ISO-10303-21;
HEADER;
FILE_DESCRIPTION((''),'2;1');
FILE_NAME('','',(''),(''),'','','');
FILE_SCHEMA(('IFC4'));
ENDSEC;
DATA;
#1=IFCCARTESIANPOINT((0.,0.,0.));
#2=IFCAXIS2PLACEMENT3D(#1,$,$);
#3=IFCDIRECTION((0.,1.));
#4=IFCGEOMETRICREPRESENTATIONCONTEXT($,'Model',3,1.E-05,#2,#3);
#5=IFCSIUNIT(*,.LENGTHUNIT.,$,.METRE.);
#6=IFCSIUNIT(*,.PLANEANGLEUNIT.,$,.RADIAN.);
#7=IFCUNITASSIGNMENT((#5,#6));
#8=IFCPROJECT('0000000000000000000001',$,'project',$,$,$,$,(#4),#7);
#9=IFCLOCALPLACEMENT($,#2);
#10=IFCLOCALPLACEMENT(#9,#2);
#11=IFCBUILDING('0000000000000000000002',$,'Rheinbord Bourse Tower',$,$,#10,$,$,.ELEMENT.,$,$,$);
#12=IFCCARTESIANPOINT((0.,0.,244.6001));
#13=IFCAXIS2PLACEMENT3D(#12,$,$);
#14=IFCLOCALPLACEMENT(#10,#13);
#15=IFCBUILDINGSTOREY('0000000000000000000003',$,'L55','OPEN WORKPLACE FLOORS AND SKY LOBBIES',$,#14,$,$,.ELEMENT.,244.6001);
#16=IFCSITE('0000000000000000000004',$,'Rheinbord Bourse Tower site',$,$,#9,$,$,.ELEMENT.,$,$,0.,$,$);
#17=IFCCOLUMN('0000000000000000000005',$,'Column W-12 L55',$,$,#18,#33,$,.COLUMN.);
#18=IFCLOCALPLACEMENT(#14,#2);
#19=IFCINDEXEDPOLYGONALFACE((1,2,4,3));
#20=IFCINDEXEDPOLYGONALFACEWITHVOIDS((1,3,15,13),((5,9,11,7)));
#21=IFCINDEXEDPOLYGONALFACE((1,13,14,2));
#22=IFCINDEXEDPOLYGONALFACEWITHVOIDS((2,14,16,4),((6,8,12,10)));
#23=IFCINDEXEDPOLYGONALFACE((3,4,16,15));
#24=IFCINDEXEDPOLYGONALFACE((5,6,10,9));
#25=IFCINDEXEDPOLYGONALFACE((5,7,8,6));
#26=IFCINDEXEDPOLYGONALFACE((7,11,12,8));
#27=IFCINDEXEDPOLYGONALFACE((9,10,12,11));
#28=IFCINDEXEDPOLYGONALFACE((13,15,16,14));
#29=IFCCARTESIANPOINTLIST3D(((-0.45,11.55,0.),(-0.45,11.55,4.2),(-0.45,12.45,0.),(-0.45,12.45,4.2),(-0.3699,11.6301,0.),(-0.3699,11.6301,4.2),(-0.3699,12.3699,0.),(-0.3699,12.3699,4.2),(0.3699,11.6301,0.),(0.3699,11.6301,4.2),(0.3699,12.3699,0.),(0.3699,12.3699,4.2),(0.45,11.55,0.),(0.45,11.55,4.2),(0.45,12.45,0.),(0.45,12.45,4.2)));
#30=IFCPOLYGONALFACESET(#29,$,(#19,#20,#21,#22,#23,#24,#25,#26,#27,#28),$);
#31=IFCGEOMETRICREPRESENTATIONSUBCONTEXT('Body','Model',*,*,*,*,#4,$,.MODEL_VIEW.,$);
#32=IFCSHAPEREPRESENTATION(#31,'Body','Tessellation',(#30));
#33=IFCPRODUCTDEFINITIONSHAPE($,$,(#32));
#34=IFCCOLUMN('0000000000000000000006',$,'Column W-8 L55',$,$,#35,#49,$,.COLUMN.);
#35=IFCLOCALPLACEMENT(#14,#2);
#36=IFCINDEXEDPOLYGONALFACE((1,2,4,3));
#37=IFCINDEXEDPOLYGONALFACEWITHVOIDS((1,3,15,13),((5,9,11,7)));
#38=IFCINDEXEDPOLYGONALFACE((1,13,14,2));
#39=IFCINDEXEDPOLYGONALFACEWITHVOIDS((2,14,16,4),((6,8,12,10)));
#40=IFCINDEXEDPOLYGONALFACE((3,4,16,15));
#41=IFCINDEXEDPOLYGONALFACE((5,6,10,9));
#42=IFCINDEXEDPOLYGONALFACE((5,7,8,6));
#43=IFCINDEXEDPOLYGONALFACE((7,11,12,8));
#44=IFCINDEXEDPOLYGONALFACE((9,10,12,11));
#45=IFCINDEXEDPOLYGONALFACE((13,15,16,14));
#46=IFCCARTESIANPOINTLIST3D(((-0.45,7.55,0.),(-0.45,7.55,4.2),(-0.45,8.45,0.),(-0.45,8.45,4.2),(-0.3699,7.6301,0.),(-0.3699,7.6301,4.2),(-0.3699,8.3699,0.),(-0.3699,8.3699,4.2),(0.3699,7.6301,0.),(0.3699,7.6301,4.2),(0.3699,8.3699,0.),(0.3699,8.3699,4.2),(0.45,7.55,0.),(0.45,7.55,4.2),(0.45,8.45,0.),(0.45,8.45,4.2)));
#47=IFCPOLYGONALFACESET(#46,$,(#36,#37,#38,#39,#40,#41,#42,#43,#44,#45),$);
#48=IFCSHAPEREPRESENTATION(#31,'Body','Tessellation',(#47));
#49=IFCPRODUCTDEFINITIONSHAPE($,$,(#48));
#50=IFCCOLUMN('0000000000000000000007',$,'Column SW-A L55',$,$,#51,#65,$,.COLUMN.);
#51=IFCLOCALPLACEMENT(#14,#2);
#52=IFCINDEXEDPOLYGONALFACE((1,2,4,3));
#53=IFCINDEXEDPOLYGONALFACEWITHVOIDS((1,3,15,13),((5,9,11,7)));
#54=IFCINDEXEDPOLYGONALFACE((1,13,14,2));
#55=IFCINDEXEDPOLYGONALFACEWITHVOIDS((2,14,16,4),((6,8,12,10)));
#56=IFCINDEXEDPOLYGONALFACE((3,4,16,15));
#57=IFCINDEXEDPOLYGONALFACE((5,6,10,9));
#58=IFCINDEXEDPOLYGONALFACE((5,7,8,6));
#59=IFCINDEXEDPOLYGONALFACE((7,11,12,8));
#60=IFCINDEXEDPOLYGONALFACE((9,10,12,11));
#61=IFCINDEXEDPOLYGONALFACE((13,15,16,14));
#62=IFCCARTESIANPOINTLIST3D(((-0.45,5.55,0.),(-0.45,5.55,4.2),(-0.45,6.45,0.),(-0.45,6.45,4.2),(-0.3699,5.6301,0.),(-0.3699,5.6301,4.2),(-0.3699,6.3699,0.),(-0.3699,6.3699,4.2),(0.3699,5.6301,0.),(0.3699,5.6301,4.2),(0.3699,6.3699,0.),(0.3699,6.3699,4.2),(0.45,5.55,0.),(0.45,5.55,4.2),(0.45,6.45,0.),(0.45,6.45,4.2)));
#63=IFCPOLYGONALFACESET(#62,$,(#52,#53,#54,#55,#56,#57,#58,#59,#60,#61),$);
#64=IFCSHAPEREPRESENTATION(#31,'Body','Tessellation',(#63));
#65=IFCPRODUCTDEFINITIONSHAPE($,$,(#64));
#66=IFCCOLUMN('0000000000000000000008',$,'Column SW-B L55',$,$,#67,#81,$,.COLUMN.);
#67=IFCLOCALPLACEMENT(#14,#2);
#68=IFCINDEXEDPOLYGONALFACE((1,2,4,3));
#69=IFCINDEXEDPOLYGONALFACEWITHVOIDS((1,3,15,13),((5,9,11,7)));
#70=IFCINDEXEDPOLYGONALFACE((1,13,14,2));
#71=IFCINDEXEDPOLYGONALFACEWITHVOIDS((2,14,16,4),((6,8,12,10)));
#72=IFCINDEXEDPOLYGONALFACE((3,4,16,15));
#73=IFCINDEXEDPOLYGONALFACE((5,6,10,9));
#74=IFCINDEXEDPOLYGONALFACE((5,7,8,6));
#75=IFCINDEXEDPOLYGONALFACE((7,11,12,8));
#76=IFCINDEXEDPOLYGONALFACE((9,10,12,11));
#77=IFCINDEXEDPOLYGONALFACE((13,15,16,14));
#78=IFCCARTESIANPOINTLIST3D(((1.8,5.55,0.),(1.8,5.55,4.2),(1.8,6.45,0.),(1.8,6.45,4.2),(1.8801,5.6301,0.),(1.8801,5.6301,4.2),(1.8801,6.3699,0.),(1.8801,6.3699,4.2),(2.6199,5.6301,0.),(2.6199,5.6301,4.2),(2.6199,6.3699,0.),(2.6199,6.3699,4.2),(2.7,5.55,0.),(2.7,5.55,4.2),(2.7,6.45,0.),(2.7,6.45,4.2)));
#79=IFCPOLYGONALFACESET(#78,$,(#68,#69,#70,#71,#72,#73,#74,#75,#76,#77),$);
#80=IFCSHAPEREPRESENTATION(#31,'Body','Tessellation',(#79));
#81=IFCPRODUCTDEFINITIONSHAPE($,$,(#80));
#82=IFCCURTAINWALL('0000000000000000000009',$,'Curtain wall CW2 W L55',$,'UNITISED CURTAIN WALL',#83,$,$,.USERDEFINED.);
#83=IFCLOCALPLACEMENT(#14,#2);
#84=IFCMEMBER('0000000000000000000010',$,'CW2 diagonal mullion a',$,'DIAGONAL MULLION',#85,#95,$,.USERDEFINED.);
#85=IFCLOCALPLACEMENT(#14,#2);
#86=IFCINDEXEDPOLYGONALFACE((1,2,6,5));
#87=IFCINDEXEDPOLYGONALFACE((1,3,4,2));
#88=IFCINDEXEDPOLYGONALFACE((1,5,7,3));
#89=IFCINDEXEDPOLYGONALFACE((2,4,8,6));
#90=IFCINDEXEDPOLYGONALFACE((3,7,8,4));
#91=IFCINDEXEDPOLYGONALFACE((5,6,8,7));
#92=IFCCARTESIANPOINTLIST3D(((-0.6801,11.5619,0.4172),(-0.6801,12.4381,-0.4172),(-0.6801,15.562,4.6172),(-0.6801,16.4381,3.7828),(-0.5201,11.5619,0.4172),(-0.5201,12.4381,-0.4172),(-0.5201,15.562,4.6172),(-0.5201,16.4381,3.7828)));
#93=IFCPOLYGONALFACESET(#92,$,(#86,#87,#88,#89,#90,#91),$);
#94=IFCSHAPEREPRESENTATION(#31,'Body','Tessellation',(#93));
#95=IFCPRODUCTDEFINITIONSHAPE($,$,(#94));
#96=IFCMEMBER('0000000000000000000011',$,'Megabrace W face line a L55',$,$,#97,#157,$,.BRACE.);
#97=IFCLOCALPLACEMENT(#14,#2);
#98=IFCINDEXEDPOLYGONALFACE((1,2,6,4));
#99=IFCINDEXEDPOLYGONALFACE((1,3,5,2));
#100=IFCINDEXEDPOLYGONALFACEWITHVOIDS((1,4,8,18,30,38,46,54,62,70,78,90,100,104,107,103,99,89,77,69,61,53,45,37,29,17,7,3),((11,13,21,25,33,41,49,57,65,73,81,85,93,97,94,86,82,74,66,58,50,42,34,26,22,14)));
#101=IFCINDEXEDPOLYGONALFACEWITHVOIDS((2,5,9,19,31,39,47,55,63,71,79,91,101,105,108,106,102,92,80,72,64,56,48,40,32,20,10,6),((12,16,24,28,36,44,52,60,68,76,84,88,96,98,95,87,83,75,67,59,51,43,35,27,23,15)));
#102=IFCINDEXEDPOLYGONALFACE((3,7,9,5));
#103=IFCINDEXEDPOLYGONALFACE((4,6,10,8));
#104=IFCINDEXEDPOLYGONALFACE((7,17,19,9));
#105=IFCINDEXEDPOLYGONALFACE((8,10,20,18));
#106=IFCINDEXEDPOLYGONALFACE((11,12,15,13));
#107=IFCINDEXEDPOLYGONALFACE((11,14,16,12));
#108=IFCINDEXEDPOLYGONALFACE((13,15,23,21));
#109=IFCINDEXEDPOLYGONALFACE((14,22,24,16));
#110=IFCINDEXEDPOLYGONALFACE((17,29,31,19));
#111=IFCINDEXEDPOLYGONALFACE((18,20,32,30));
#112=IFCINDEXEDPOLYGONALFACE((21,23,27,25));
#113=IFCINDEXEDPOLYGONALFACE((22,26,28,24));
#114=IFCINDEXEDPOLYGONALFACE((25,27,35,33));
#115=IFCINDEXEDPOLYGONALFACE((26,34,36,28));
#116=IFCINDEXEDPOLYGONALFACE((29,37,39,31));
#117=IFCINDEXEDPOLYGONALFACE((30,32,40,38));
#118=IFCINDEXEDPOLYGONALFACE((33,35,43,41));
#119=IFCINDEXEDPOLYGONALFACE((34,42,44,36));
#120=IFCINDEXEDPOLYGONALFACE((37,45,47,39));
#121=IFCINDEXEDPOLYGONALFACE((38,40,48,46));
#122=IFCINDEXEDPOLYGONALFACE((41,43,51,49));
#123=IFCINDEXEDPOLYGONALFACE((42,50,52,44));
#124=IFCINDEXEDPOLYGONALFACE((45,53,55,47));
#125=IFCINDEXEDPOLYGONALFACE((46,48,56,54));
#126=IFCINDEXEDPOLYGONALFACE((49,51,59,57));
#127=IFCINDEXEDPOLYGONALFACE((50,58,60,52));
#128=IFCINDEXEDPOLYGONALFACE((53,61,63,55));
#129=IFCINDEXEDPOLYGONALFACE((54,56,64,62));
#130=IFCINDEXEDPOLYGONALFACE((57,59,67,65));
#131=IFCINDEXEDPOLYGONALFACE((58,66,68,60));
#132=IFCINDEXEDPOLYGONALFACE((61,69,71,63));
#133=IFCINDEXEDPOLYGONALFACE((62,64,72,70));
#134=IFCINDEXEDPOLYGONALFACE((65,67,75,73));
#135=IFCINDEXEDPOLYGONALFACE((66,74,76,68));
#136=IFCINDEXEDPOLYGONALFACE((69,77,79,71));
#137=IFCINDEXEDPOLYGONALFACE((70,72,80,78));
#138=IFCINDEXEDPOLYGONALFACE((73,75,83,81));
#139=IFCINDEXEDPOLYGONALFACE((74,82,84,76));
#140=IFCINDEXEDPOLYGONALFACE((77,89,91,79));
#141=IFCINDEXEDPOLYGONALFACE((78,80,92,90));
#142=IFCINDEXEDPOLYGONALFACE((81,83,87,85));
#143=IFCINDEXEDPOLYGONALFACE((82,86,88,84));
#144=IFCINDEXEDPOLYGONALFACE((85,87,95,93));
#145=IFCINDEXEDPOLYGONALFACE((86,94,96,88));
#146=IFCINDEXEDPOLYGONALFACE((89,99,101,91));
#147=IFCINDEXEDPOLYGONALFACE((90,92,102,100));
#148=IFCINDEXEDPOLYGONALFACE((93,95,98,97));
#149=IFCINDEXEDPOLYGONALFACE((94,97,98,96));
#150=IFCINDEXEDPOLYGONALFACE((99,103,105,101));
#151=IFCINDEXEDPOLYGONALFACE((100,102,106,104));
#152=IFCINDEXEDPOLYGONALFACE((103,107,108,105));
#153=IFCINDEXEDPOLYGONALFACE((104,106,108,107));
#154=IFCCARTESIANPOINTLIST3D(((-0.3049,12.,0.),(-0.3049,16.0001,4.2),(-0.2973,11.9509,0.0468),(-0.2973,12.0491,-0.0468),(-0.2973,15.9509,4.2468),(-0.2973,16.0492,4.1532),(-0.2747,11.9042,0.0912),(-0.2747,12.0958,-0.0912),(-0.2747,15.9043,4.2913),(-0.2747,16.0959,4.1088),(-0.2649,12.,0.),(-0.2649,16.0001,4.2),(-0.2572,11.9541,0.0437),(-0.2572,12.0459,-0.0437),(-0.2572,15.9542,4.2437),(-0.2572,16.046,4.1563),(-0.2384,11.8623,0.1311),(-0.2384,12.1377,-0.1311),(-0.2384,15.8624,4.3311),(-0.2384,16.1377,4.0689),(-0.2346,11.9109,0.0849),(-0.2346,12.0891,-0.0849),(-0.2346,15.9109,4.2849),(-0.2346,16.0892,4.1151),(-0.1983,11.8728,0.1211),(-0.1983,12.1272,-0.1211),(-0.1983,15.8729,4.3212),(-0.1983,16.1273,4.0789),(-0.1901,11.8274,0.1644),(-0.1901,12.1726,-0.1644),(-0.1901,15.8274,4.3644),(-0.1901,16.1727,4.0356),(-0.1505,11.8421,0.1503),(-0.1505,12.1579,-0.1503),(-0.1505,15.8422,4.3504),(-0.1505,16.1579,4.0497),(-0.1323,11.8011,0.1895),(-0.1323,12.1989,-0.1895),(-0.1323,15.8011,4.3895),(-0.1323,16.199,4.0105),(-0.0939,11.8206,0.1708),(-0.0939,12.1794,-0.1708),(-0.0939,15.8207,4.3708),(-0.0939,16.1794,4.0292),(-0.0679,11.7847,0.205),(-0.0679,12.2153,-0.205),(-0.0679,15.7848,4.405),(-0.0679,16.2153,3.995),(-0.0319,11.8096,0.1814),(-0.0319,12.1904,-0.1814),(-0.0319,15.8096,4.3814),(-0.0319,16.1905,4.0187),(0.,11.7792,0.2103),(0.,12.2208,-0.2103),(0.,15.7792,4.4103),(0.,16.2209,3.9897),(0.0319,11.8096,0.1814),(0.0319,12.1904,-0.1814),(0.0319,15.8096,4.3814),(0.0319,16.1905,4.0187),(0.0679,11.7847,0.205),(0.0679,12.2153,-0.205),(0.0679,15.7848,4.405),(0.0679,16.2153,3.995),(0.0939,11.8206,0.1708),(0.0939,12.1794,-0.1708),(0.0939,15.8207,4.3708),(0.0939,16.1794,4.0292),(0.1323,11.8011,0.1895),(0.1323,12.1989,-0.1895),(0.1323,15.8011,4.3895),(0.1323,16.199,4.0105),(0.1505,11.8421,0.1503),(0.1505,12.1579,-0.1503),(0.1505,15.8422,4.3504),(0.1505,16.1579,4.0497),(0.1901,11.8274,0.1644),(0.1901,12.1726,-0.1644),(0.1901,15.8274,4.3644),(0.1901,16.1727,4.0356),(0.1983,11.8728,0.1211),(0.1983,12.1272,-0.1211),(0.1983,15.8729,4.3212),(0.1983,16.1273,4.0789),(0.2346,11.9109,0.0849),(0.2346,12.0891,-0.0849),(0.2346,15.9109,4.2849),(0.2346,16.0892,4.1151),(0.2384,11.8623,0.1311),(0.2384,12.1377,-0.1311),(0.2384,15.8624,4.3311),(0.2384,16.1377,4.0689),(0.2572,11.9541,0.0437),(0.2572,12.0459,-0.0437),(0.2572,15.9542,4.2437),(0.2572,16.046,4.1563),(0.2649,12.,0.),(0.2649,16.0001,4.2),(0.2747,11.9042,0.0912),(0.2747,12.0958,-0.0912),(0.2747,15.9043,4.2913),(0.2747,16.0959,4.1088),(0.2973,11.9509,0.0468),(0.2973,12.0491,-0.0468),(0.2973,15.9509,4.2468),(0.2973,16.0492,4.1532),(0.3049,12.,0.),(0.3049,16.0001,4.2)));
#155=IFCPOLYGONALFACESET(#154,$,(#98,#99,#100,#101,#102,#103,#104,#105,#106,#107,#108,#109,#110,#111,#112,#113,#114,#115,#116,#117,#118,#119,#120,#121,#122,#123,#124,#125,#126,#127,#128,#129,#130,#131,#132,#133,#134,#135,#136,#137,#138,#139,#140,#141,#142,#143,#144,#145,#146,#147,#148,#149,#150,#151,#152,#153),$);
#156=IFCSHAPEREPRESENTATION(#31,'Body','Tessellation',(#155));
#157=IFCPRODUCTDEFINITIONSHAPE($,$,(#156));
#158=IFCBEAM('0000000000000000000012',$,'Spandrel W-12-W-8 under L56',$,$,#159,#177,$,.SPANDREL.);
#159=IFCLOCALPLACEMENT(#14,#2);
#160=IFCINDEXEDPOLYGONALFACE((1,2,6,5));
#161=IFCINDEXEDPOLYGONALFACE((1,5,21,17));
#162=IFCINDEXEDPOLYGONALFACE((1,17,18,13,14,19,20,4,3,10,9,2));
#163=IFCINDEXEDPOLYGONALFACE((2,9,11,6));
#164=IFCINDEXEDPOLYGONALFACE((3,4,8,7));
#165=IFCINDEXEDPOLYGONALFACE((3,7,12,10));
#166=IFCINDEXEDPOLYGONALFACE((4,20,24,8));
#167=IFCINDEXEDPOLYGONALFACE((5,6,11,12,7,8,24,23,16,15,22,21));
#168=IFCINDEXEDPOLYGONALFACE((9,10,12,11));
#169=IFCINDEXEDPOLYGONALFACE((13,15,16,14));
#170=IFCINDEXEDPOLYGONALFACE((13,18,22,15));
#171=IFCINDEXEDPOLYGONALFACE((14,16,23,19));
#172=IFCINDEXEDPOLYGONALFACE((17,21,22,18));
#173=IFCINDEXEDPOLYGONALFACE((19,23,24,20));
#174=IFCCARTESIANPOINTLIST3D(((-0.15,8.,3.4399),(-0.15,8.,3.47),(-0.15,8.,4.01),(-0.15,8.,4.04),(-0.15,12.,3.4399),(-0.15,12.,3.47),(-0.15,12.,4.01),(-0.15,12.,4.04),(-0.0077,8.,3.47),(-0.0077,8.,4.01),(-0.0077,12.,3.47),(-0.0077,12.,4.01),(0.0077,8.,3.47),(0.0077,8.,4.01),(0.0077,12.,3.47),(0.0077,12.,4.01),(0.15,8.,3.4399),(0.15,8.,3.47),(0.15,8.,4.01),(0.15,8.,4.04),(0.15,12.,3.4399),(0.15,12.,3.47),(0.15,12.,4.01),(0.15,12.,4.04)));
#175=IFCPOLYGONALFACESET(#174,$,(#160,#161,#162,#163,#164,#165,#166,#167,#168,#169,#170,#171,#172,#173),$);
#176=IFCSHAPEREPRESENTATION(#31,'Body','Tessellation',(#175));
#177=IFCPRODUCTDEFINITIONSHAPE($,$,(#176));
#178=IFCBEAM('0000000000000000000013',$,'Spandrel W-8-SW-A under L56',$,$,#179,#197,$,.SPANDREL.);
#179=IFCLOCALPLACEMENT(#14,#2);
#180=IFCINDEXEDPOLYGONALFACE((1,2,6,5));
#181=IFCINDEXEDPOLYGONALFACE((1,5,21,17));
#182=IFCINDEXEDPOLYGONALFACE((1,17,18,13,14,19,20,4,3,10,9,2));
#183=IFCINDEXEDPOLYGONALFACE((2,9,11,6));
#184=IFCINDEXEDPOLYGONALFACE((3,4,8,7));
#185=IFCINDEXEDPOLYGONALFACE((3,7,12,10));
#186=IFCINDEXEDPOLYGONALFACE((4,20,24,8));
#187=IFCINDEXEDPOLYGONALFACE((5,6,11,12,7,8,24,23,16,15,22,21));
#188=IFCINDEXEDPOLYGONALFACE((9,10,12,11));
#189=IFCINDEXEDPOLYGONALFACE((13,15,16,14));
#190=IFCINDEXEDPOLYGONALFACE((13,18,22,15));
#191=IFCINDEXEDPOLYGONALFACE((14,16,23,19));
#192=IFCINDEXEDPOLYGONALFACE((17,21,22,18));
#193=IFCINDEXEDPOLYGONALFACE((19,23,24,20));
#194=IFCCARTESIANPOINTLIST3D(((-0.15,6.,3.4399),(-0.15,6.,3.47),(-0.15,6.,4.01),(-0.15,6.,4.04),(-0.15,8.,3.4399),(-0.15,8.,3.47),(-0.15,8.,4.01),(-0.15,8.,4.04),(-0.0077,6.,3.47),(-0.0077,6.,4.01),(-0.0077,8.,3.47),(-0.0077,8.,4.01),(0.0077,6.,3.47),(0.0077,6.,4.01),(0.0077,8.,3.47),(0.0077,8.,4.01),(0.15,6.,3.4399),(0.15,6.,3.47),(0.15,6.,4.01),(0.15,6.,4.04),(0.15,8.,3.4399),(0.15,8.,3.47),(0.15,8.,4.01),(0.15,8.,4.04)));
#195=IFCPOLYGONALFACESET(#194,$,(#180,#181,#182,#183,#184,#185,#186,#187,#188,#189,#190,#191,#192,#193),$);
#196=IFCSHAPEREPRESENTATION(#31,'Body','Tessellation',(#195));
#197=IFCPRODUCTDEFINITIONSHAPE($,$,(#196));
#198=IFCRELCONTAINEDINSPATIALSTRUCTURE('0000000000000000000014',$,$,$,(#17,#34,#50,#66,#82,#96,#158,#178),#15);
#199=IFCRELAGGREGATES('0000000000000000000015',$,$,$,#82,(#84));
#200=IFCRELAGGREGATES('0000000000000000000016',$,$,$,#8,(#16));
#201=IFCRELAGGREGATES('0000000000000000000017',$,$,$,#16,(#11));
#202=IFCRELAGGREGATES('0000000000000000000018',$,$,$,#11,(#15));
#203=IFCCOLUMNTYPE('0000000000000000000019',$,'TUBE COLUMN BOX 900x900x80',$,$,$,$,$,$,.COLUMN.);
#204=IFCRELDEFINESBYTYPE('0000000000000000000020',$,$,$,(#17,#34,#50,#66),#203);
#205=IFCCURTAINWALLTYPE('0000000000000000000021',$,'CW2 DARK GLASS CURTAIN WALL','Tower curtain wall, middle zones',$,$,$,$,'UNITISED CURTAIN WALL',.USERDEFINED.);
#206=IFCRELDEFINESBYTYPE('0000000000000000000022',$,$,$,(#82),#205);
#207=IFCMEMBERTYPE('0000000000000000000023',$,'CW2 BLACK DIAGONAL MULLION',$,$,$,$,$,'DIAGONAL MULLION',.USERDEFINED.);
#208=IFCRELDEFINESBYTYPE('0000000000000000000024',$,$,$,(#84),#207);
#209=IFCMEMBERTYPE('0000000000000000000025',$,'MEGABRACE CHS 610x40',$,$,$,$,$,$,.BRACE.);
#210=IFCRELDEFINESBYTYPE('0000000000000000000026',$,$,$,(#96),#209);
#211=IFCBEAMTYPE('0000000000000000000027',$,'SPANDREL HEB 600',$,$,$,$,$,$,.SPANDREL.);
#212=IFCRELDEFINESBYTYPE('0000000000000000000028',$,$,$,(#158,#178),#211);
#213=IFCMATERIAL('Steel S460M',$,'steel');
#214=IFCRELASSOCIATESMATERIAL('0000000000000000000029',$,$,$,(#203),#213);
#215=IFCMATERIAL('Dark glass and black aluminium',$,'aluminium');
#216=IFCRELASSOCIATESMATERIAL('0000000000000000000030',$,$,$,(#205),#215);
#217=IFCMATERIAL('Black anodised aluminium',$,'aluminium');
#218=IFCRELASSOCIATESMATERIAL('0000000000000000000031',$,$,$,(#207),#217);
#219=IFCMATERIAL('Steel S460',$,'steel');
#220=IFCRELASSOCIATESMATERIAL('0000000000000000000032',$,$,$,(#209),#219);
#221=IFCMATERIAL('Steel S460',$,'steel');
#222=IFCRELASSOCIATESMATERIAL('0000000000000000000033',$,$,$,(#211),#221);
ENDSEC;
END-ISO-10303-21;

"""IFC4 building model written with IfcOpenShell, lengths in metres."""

from ifc_helpers import new_model, si_unit, direction, frame, origin, origin_2d, place, context, subcontext, project, spatial, rectangle, hollow_rectangle, hollow_circle, i_section, extrude, material, material_profile, profile_set, type_object, element, aggregate, save


model = new_model("IFC4")

# Units and contexts
model_context = context("Model", 3, precision=1e-05, world=origin(), true_north=direction((0.0, 1.0)))
body_context = subcontext(model_context, "Body", "Model", "MODEL_VIEW")
ifc_project = project(units=[si_unit("LENGTHUNIT", "METRE"), si_unit("PLANEANGLEUNIT", "RADIAN")], contexts=[model_context])

# Site, building, storey
site_placement = place(None, origin())
site = spatial("IfcSite", under=ifc_project, at=site_placement, Name="Rheinbord Bourse Tower site", CompositionType="ELEMENT", RefElevation=0.0)
building_placement = place(site_placement, origin())
building = spatial("IfcBuilding", under=site, at=building_placement, Name="Rheinbord Bourse Tower", CompositionType="ELEMENT")
storey_placement = place(building_placement, frame((0.0, 0.0, 244.6001)))
storey = spatial("IfcBuildingStorey", under=building, at=storey_placement, Name="L55", Description="OPEN WORKPLACE FLOORS AND SKY LOBBIES", CompositionType="ELEMENT", Elevation=244.6001)

# Columns
ifc_material_1 = material(Name="Steel S460M", Category="steel")
ifc_material_profile_1 = material_profile(ifc_material_1, hollow_rectangle(XDim=0.8999, YDim=0.8999, WallThickness=0.0801, at=origin_2d()), Name="BOX 900x900x80")
ifc_profile_set_1 = profile_set([ifc_material_profile_1], Name="Steel S460M")
column_type = type_object("IfcColumnType", Name="TUBE COLUMN BOX 900x900x80", PredefinedType="COLUMN", material=ifc_profile_set_1)
for number, where, z_axis, x_axis, name in (
    (1, (0.0, 12.0, 0.0), (0.0, 0.0, 1.0), (1.0, 0.0, 0.0), "Column W-12 L55"),
    (2, (0.0, 8.0, 0.0), (0.0, 0.0, 1.0), (1.0, 0.0, 0.0), "Column W-8 L55"),
    (3, (0.0, 6.0, 0.0), (0.0, 0.0, 1.0), (1.0, 0.0, 0.0), "Column SW-A L55"),
    (4, (2.25, 6.0, 0.0), (0.0, 0.0, 1.0), (1.0, 0.0, 0.0), "Column SW-B L55"),
):
    element("IfcColumn", number, at=place(storey_placement, frame(where, z_axis=z_axis, x_axis=x_axis)), inside=storey, type_object=column_type, Name=name, PredefinedType="COLUMN", context=body_context, shape_type="SweptSolid", body=[
        extrude(hollow_rectangle(XDim=0.8999, YDim=0.8999, WallThickness=0.0801, at=origin_2d()), origin(), (0.0, 0.0, 1.0), 4.2),
    ])

# Curtain wall, member
ifc_material_2 = material(Name="Dark glass and black aluminium", Category="aluminium")
curtain_wall_type = type_object("IfcCurtainWallType", Name="CW2 DARK GLASS CURTAIN WALL", Description="Tower curtain wall, middle zones", ElementType="UNITISED CURTAIN WALL", PredefinedType="USERDEFINED", material=ifc_material_2)
curtain_wall_placement = place(storey_placement, origin())
curtain_wall = element("IfcCurtainWall", 5, at=curtain_wall_placement, inside=storey, type_object=curtain_wall_type, Name="Curtain wall CW2 W L55", ObjectType="UNITISED CURTAIN WALL", PredefinedType="USERDEFINED")
ifc_material_3 = material(Name="Black anodised aluminium", Category="aluminium")
ifc_material_profile_2 = material_profile(ifc_material_3, rectangle(XDim=0.1599, YDim=1.21, at=origin_2d()), Name="CW2 DIAGONAL MULLION 1210x160")
ifc_profile_set_2 = profile_set([ifc_material_profile_2], Name="Black anodised aluminium")
member_type_1 = type_object("IfcMemberType", Name="CW2 BLACK DIAGONAL MULLION", ElementType="DIAGONAL MULLION", PredefinedType="USERDEFINED", material=ifc_profile_set_2)
member_1_placement = place(storey_placement, frame((-0.6001, 12.0, 0.0), z_axis=(0.0, 0.689659, 0.724134), x_axis=(-1.0, 0.0, 0.0)))
member_1 = element("IfcMember", 6, at=member_1_placement, type_object=member_type_1, Name="CW2 diagonal mullion a", ObjectType="DIAGONAL MULLION", PredefinedType="USERDEFINED", context=body_context, shape_type="SweptSolid", body=[
    extrude(rectangle(XDim=0.1599, YDim=1.21, at=origin_2d()), origin(), (0.0, 0.0, 1.0), 5.8),
])

# Member
ifc_material_4 = material(Name="Steel S460", Category="steel")
ifc_material_profile_3 = material_profile(ifc_material_4, hollow_circle(Radius=0.3049, WallThickness=0.04, at=origin_2d()), Name="CHS 610x40")
ifc_profile_set_3 = profile_set([ifc_material_profile_3], Name="Steel S460")
member_type_2 = type_object("IfcMemberType", Name="MEGABRACE CHS 610x40", PredefinedType="BRACE", material=ifc_profile_set_3)
member_2_placement = place(storey_placement, frame((0.0, 12.0, 0.0), z_axis=(0.0, 0.689659, 0.724134), x_axis=(-1.0, 0.0, 0.0)))
element("IfcMember", 7, at=member_2_placement, inside=storey, type_object=member_type_2, Name="Megabrace W face line a L55", PredefinedType="BRACE", context=body_context, shape_type="SweptSolid", body=[
    extrude(hollow_circle(Radius=0.3049, WallThickness=0.04, at=origin_2d()), origin(), (0.0, 0.0, 1.0), 5.8),
])

# Beams
ifc_material_5 = material(Name="Steel S460", Category="steel")
ifc_material_profile_4 = material_profile(ifc_material_5, i_section(OverallWidth=0.3, OverallDepth=0.6001, WebThickness=0.0154, FlangeThickness=0.03, at=origin_2d()), Name="HEB 600")
ifc_profile_set_4 = profile_set([ifc_material_profile_4], Name="Steel S460")
beam_type_1 = type_object("IfcBeamType", Name="SPANDREL HEB 600", PredefinedType="SPANDREL", material=ifc_profile_set_4)
beam_1_placement = place(storey_placement, frame((0.0, 12.0, 3.74), z_axis=(0.0, -1.0, 0.0), x_axis=(1.0, 0.0, 0.0)))
element("IfcBeam", 8, at=beam_1_placement, inside=storey, type_object=beam_type_1, Name="Spandrel W-12-W-8 under L56", PredefinedType="SPANDREL", context=body_context, shape_type="SweptSolid", body=[
    extrude(i_section(OverallWidth=0.3, OverallDepth=0.6001, WebThickness=0.0154, FlangeThickness=0.03, at=origin_2d()), origin(), (0.0, 0.0, 1.0), 4.0),
])
beam_2_placement = place(storey_placement, frame((0.0, 8.0, 3.74), z_axis=(0.0, -1.0, 0.0), x_axis=(1.0, 0.0, 0.0)))
element("IfcBeam", 9, at=beam_2_placement, inside=storey, type_object=beam_type_1, Name="Spandrel W-8-SW-A under L56", PredefinedType="SPANDREL", context=body_context, shape_type="SweptSolid", body=[
    extrude(i_section(OverallWidth=0.3, OverallDepth=0.6001, WebThickness=0.0154, FlangeThickness=0.03, at=origin_2d()), origin(), (0.0, 0.0, 1.0), 2.0),
])

aggregate(curtain_wall, [member_1])

save(model, "model.ifc")
